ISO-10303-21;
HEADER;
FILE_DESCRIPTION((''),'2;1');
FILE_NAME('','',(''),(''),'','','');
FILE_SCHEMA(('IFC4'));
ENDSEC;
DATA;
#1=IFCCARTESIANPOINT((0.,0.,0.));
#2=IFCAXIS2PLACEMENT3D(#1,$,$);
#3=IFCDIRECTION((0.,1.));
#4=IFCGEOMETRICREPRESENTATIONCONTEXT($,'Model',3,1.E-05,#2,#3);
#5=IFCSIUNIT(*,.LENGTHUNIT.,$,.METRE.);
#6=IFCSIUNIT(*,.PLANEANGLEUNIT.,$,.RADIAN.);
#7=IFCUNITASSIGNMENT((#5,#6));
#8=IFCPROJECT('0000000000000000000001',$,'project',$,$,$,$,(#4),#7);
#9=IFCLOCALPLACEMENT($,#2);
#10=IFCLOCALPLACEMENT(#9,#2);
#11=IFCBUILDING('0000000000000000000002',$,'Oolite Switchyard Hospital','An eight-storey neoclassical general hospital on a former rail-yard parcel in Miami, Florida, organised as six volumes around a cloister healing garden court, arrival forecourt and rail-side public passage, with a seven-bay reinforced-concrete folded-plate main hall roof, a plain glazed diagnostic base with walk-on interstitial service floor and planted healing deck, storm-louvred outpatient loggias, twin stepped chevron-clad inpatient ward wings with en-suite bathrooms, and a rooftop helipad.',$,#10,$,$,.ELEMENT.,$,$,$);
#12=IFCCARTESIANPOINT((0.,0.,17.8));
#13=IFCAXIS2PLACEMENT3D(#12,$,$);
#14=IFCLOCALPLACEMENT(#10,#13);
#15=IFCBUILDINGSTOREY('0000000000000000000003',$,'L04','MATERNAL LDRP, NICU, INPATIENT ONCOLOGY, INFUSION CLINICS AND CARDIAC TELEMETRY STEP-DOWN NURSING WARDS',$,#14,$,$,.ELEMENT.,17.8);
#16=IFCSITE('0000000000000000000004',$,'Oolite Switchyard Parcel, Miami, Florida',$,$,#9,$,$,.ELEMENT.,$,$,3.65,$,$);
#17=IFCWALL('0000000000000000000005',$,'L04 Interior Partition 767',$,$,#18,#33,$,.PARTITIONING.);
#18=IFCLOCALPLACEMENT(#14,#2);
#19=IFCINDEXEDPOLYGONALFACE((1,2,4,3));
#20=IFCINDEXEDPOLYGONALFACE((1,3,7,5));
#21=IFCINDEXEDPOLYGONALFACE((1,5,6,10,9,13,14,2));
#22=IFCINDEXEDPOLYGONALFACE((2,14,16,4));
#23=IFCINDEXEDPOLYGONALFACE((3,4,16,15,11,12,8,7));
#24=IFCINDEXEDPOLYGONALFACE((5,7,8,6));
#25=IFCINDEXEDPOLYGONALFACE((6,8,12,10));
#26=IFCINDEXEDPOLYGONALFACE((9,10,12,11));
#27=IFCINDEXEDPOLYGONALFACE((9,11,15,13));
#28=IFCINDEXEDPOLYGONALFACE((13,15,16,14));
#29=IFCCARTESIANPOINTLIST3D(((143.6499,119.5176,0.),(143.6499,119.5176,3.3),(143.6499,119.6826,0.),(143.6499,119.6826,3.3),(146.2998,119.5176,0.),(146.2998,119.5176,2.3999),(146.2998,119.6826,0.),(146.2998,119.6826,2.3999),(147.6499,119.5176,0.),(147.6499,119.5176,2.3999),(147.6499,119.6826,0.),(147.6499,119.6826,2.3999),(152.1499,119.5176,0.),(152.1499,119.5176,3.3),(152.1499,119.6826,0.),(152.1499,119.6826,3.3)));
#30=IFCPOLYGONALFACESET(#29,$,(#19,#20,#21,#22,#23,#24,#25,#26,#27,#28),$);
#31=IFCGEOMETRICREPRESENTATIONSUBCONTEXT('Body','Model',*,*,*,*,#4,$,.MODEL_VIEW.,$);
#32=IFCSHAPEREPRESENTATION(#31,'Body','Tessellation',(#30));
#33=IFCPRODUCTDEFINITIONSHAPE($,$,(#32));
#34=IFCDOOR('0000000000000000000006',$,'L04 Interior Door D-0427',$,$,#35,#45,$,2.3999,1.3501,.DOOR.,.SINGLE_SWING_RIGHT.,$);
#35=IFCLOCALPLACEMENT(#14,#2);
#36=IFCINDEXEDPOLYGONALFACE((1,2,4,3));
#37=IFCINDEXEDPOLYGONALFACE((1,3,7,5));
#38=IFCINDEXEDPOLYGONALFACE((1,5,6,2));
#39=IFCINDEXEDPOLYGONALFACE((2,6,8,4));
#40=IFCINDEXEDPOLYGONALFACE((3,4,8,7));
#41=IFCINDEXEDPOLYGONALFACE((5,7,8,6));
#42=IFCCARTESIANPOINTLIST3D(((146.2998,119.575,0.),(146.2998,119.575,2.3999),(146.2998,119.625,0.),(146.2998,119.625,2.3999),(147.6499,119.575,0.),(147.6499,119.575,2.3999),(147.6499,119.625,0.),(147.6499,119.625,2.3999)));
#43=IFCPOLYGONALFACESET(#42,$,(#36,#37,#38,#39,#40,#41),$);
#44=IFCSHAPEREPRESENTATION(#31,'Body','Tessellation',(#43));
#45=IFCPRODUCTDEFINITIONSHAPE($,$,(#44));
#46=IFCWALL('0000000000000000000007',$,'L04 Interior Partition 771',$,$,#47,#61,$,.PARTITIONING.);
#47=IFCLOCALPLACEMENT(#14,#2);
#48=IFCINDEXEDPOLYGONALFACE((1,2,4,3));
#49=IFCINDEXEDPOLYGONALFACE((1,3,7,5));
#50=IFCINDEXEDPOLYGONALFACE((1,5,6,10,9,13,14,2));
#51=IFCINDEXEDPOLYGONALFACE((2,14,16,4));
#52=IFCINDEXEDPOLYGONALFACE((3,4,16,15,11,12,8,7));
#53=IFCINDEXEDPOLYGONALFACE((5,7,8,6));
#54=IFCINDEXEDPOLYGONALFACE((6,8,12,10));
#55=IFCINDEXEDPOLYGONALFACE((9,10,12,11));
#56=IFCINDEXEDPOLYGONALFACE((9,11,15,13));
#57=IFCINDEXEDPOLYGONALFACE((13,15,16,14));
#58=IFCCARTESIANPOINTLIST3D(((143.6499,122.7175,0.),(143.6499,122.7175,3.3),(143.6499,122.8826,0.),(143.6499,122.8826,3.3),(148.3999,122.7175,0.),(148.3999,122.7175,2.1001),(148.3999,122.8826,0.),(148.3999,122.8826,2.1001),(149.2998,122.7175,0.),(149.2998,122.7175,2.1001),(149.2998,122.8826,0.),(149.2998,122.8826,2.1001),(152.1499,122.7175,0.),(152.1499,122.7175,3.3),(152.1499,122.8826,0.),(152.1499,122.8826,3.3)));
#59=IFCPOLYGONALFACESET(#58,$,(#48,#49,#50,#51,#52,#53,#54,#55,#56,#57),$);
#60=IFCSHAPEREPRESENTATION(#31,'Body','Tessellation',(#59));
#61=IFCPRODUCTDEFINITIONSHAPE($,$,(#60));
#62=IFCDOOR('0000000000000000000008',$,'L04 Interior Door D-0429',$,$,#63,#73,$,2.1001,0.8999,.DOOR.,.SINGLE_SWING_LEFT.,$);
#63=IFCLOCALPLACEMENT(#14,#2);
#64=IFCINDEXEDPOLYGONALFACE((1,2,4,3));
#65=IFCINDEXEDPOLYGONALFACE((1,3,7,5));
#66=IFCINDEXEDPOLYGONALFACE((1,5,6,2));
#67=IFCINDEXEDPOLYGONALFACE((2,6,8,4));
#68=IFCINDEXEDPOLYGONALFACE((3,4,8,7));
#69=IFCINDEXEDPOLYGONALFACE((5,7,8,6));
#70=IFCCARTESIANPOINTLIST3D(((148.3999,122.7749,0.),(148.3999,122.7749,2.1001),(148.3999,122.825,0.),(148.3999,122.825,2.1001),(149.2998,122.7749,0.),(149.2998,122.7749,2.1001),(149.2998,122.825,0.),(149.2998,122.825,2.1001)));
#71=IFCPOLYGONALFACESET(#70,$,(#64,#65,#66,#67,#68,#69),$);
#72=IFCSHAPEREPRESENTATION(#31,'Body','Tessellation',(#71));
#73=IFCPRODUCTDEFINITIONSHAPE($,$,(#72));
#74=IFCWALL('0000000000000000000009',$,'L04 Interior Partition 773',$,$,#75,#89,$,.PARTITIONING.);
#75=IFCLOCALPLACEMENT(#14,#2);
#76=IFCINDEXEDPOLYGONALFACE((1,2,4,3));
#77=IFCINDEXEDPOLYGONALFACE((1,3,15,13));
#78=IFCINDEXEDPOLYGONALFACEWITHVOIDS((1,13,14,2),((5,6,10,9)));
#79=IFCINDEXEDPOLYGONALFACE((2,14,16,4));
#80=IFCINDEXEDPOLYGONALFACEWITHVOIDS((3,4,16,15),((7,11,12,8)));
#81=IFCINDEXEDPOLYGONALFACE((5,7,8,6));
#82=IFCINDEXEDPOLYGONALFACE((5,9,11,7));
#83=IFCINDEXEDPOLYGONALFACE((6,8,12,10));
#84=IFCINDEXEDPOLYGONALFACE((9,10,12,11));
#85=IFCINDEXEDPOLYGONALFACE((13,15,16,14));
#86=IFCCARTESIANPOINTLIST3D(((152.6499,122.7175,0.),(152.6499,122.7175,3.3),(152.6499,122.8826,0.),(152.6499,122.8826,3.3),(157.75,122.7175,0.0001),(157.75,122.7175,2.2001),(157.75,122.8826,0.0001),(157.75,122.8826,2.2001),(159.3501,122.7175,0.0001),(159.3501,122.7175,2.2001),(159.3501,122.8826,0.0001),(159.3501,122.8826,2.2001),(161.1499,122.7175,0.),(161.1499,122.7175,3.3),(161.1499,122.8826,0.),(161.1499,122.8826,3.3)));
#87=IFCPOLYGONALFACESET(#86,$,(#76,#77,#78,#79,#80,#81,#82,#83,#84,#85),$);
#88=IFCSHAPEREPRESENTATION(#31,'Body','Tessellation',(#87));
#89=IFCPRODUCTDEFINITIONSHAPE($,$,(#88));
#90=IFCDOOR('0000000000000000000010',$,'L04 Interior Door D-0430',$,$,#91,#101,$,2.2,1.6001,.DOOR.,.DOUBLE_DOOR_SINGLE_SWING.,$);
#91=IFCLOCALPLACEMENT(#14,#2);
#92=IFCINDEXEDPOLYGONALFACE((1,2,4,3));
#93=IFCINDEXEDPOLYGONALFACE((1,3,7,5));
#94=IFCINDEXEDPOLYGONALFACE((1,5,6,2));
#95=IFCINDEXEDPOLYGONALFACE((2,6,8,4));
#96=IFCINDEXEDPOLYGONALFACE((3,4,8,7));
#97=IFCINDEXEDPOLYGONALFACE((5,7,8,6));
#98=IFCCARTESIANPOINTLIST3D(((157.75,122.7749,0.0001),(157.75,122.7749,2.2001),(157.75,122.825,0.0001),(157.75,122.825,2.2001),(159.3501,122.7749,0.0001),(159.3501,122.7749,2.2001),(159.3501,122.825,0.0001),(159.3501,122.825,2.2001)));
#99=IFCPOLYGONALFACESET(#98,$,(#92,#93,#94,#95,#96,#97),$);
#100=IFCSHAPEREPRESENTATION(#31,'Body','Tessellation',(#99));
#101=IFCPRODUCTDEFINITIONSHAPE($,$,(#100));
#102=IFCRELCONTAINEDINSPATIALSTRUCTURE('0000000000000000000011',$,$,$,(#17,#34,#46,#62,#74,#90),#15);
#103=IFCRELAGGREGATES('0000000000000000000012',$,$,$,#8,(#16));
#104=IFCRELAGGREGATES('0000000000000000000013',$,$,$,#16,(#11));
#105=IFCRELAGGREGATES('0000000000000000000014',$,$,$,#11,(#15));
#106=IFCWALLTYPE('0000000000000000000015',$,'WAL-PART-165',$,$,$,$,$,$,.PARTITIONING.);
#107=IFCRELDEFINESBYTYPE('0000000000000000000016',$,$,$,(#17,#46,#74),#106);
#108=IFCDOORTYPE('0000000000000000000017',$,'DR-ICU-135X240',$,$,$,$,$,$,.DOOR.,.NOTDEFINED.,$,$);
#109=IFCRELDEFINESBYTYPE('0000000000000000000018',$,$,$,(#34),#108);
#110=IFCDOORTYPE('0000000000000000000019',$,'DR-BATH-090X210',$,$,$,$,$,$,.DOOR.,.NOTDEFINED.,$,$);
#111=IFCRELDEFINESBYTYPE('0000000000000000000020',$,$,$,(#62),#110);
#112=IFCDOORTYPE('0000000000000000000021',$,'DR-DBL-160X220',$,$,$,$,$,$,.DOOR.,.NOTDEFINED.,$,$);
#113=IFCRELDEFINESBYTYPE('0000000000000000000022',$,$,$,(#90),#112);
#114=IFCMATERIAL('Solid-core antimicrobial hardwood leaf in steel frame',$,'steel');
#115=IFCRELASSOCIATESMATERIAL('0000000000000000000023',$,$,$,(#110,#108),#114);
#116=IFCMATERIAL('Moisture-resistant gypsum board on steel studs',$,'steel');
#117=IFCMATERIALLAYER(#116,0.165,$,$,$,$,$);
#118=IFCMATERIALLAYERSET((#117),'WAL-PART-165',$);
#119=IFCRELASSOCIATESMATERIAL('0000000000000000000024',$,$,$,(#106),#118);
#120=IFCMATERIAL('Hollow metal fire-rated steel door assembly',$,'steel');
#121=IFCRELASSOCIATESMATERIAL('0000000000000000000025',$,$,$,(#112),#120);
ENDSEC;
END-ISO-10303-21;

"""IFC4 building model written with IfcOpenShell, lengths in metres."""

from ifc_helpers import new_model, si_unit, direction, frame, frame_2d, origin, place, context, subcontext, project, spatial, rectangle, extrude, material, layer, layer_set, type_object, element, fill, save


model = new_model("IFC4")

# Units and contexts
model_context = context("Model", 3, precision=1e-05, world=origin(), true_north=direction((0.0, 1.0)))
body_context = subcontext(model_context, "Body", "Model", "MODEL_VIEW")
ifc_project = project(units=[si_unit("LENGTHUNIT", "METRE"), si_unit("PLANEANGLEUNIT", "RADIAN")], contexts=[model_context])

# Site, building, storey
site_placement = place(None, origin())
site = spatial("IfcSite", under=ifc_project, at=site_placement, Name="Oolite Switchyard Parcel, Miami, Florida", CompositionType="ELEMENT", RefElevation=3.65)
building_placement = place(site_placement, origin())
building = spatial("IfcBuilding", under=site, at=building_placement, Name="Oolite Switchyard Hospital", Description="An eight-storey neoclassical general hospital on a former rail-yard parcel in Miami, Florida, organised as six volumes around a cloister healing garden court, arrival forecourt and rail-side public passage, with a seven-bay reinforced-concrete folded-plate main hall roof, a plain glazed diagnostic base with walk-on interstitial service floor and planted healing deck, storm-louvred outpatient loggias, twin stepped chevron-clad inpatient ward wings with en-suite bathrooms, and a rooftop helipad.", CompositionType="ELEMENT")
storey_placement = place(building_placement, frame((0.0, 0.0, 17.8)))
storey = spatial("IfcBuildingStorey", under=building, at=storey_placement, Name="L04", Description="MATERNAL LDRP, NICU, INPATIENT ONCOLOGY, INFUSION CLINICS AND CARDIAC TELEMETRY STEP-DOWN NURSING WARDS", CompositionType="ELEMENT", Elevation=17.8)

# Shared definitions
ifc_material_1 = material(Name="Moisture-resistant gypsum board on steel studs", Category="steel")

# Shared definitions
ifc_material_2 = material(Name="Solid-core antimicrobial hardwood leaf in steel frame", Category="steel")
door_type_1 = type_object("IfcDoorType", Name="DR-BATH-090X210", OperationType="NOTDEFINED", PredefinedType="DOOR", material=ifc_material_2)

# Walls, openings, doors
ifc_layer_1 = layer(ifc_material_1, 0.165)
ifc_layer_set_1 = layer_set([ifc_layer_1], Name="WAL-PART-165")
wall_type_1 = type_object("IfcWallType", Name="WAL-PART-165", PredefinedType="PARTITIONING", material=ifc_layer_set_1)
ifc_material_3 = material(Name="Hollow metal fire-rated steel door assembly", Category="steel")
door_type_2 = type_object("IfcDoorType", Name="DR-DBL-160X220", OperationType="NOTDEFINED", PredefinedType="DOOR", material=ifc_material_3)
wall_1_placement = place(storey_placement, frame((143.6499, 119.6001, 0.0), z_axis=(0.0, 0.0, 1.0), x_axis=(1.0, 0.0, 0.0)))
wall_1 = element("IfcWall", 1, at=wall_1_placement, inside=storey, type_object=wall_type_1, Name="L04 Interior Partition 767", PredefinedType="PARTITIONING", context=body_context, shape_type="SweptSolid", body=[
    extrude(rectangle(XDim=8.5, YDim=0.165, at=frame_2d((4.25, 0.0))), origin(), (0.0, 0.0, 1.0), 3.3),
])
opening_1_placement = place(wall_1_placement, frame((2.6499, 0.0, 0.0)))
opening_1 = element("IfcOpeningElement", 2, at=opening_1_placement, cuts=wall_1, PredefinedType="OPENING", context=body_context, shape_type="SweptSolid", body=[
    extrude(rectangle(XDim=1.3501, YDim=2.3999, at=frame_2d((0.675, 1.2))), frame((0.0, 0.0925, 0.0), z_axis=(0.0, -1.0, 0.0), x_axis=(1.0, 0.0, 0.0)), (0.0, 0.0, 1.0), 0.1851),
])
door_type_3 = type_object("IfcDoorType", Name="DR-ICU-135X240", OperationType="NOTDEFINED", PredefinedType="DOOR", material=ifc_material_2)
door_1_placement = place(opening_1_placement, origin())
door_1 = element("IfcDoor", 3, at=door_1_placement, inside=storey, type_object=door_type_3, Name="L04 Interior Door D-0427", OperationType="SINGLE_SWING_RIGHT", OverallHeight=2.3999, OverallWidth=1.3501, PredefinedType="DOOR", context=body_context, shape_type="SweptSolid", body=[
    extrude(rectangle(XDim=1.3501, YDim=2.3999, at=frame_2d((0.675, 1.2))), frame((0.0, 0.0249, 0.0), z_axis=(0.0, -1.0, 0.0), x_axis=(1.0, 0.0, 0.0)), (0.0, 0.0, 1.0), 0.05),
])
fill(opening_1, door_1)
wall_2_placement = place(storey_placement, frame((143.6499, 122.8, 0.0), z_axis=(0.0, 0.0, 1.0), x_axis=(1.0, 0.0, 0.0)))
wall_2 = element("IfcWall", 4, at=wall_2_placement, inside=storey, type_object=wall_type_1, Name="L04 Interior Partition 771", PredefinedType="PARTITIONING", context=body_context, shape_type="SweptSolid", body=[
    extrude(rectangle(XDim=8.5, YDim=0.165, at=frame_2d((4.25, 0.0))), origin(), (0.0, 0.0, 1.0), 3.3),
])
opening_2_placement = place(wall_2_placement, frame((4.75, 0.0, 0.0)))
opening_2 = element("IfcOpeningElement", 5, at=opening_2_placement, cuts=wall_2, PredefinedType="OPENING", context=body_context, shape_type="SweptSolid", body=[
    extrude(rectangle(XDim=0.8999, YDim=2.1001, at=frame_2d((0.45, 1.05))), frame((0.0, 0.0925, 0.0), z_axis=(0.0, -1.0, 0.0), x_axis=(1.0, 0.0, 0.0)), (0.0, 0.0, 1.0), 0.1851),
])
door_2_placement = place(opening_2_placement, origin())
door_2 = element("IfcDoor", 6, at=door_2_placement, inside=storey, type_object=door_type_1, Name="L04 Interior Door D-0429", OperationType="SINGLE_SWING_LEFT", OverallHeight=2.1001, OverallWidth=0.8999, PredefinedType="DOOR", context=body_context, shape_type="SweptSolid", body=[
    extrude(rectangle(XDim=0.8999, YDim=2.1001, at=frame_2d((0.45, 1.05))), frame((0.0, 0.0249, 0.0), z_axis=(0.0, -1.0, 0.0), x_axis=(1.0, 0.0, 0.0)), (0.0, 0.0, 1.0), 0.05),
])
fill(opening_2, door_2)
wall_3_placement = place(storey_placement, frame((152.6499, 122.8, 0.0), z_axis=(0.0, 0.0, 1.0), x_axis=(1.0, 0.0, 0.0)))
wall_3 = element("IfcWall", 7, at=wall_3_placement, inside=storey, type_object=wall_type_1, Name="L04 Interior Partition 773", PredefinedType="PARTITIONING", context=body_context, shape_type="SweptSolid", body=[
    extrude(rectangle(XDim=8.5, YDim=0.165, at=frame_2d((4.25, 0.0))), origin(), (0.0, 0.0, 1.0), 3.3),
])
opening_3_placement = place(wall_3_placement, frame((5.1001, 0.0, 0.0)))
opening_3 = element("IfcOpeningElement", 8, at=opening_3_placement, cuts=wall_3, PredefinedType="OPENING", context=body_context, shape_type="SweptSolid", body=[
    extrude(rectangle(XDim=1.6001, YDim=2.2, at=frame_2d((0.8, 1.1001))), frame((0.0, 0.0925, 0.0), z_axis=(0.0, -1.0, 0.0), x_axis=(1.0, 0.0, 0.0)), (0.0, 0.0, 1.0), 0.1851),
])
door_3_placement = place(opening_3_placement, origin())
door_3 = element("IfcDoor", 9, at=door_3_placement, inside=storey, type_object=door_type_2, Name="L04 Interior Door D-0430", OperationType="DOUBLE_DOOR_SINGLE_SWING", OverallHeight=2.2, OverallWidth=1.6001, PredefinedType="DOOR", context=body_context, shape_type="SweptSolid", body=[
    extrude(rectangle(XDim=1.6001, YDim=2.2, at=frame_2d((0.8, 1.1001))), frame((0.0, 0.0249, 0.0), z_axis=(0.0, -1.0, 0.0), x_axis=(1.0, 0.0, 0.0)), (0.0, 0.0, 1.0), 0.05),
])
fill(opening_3, door_3)

save(model, "model.ifc")
